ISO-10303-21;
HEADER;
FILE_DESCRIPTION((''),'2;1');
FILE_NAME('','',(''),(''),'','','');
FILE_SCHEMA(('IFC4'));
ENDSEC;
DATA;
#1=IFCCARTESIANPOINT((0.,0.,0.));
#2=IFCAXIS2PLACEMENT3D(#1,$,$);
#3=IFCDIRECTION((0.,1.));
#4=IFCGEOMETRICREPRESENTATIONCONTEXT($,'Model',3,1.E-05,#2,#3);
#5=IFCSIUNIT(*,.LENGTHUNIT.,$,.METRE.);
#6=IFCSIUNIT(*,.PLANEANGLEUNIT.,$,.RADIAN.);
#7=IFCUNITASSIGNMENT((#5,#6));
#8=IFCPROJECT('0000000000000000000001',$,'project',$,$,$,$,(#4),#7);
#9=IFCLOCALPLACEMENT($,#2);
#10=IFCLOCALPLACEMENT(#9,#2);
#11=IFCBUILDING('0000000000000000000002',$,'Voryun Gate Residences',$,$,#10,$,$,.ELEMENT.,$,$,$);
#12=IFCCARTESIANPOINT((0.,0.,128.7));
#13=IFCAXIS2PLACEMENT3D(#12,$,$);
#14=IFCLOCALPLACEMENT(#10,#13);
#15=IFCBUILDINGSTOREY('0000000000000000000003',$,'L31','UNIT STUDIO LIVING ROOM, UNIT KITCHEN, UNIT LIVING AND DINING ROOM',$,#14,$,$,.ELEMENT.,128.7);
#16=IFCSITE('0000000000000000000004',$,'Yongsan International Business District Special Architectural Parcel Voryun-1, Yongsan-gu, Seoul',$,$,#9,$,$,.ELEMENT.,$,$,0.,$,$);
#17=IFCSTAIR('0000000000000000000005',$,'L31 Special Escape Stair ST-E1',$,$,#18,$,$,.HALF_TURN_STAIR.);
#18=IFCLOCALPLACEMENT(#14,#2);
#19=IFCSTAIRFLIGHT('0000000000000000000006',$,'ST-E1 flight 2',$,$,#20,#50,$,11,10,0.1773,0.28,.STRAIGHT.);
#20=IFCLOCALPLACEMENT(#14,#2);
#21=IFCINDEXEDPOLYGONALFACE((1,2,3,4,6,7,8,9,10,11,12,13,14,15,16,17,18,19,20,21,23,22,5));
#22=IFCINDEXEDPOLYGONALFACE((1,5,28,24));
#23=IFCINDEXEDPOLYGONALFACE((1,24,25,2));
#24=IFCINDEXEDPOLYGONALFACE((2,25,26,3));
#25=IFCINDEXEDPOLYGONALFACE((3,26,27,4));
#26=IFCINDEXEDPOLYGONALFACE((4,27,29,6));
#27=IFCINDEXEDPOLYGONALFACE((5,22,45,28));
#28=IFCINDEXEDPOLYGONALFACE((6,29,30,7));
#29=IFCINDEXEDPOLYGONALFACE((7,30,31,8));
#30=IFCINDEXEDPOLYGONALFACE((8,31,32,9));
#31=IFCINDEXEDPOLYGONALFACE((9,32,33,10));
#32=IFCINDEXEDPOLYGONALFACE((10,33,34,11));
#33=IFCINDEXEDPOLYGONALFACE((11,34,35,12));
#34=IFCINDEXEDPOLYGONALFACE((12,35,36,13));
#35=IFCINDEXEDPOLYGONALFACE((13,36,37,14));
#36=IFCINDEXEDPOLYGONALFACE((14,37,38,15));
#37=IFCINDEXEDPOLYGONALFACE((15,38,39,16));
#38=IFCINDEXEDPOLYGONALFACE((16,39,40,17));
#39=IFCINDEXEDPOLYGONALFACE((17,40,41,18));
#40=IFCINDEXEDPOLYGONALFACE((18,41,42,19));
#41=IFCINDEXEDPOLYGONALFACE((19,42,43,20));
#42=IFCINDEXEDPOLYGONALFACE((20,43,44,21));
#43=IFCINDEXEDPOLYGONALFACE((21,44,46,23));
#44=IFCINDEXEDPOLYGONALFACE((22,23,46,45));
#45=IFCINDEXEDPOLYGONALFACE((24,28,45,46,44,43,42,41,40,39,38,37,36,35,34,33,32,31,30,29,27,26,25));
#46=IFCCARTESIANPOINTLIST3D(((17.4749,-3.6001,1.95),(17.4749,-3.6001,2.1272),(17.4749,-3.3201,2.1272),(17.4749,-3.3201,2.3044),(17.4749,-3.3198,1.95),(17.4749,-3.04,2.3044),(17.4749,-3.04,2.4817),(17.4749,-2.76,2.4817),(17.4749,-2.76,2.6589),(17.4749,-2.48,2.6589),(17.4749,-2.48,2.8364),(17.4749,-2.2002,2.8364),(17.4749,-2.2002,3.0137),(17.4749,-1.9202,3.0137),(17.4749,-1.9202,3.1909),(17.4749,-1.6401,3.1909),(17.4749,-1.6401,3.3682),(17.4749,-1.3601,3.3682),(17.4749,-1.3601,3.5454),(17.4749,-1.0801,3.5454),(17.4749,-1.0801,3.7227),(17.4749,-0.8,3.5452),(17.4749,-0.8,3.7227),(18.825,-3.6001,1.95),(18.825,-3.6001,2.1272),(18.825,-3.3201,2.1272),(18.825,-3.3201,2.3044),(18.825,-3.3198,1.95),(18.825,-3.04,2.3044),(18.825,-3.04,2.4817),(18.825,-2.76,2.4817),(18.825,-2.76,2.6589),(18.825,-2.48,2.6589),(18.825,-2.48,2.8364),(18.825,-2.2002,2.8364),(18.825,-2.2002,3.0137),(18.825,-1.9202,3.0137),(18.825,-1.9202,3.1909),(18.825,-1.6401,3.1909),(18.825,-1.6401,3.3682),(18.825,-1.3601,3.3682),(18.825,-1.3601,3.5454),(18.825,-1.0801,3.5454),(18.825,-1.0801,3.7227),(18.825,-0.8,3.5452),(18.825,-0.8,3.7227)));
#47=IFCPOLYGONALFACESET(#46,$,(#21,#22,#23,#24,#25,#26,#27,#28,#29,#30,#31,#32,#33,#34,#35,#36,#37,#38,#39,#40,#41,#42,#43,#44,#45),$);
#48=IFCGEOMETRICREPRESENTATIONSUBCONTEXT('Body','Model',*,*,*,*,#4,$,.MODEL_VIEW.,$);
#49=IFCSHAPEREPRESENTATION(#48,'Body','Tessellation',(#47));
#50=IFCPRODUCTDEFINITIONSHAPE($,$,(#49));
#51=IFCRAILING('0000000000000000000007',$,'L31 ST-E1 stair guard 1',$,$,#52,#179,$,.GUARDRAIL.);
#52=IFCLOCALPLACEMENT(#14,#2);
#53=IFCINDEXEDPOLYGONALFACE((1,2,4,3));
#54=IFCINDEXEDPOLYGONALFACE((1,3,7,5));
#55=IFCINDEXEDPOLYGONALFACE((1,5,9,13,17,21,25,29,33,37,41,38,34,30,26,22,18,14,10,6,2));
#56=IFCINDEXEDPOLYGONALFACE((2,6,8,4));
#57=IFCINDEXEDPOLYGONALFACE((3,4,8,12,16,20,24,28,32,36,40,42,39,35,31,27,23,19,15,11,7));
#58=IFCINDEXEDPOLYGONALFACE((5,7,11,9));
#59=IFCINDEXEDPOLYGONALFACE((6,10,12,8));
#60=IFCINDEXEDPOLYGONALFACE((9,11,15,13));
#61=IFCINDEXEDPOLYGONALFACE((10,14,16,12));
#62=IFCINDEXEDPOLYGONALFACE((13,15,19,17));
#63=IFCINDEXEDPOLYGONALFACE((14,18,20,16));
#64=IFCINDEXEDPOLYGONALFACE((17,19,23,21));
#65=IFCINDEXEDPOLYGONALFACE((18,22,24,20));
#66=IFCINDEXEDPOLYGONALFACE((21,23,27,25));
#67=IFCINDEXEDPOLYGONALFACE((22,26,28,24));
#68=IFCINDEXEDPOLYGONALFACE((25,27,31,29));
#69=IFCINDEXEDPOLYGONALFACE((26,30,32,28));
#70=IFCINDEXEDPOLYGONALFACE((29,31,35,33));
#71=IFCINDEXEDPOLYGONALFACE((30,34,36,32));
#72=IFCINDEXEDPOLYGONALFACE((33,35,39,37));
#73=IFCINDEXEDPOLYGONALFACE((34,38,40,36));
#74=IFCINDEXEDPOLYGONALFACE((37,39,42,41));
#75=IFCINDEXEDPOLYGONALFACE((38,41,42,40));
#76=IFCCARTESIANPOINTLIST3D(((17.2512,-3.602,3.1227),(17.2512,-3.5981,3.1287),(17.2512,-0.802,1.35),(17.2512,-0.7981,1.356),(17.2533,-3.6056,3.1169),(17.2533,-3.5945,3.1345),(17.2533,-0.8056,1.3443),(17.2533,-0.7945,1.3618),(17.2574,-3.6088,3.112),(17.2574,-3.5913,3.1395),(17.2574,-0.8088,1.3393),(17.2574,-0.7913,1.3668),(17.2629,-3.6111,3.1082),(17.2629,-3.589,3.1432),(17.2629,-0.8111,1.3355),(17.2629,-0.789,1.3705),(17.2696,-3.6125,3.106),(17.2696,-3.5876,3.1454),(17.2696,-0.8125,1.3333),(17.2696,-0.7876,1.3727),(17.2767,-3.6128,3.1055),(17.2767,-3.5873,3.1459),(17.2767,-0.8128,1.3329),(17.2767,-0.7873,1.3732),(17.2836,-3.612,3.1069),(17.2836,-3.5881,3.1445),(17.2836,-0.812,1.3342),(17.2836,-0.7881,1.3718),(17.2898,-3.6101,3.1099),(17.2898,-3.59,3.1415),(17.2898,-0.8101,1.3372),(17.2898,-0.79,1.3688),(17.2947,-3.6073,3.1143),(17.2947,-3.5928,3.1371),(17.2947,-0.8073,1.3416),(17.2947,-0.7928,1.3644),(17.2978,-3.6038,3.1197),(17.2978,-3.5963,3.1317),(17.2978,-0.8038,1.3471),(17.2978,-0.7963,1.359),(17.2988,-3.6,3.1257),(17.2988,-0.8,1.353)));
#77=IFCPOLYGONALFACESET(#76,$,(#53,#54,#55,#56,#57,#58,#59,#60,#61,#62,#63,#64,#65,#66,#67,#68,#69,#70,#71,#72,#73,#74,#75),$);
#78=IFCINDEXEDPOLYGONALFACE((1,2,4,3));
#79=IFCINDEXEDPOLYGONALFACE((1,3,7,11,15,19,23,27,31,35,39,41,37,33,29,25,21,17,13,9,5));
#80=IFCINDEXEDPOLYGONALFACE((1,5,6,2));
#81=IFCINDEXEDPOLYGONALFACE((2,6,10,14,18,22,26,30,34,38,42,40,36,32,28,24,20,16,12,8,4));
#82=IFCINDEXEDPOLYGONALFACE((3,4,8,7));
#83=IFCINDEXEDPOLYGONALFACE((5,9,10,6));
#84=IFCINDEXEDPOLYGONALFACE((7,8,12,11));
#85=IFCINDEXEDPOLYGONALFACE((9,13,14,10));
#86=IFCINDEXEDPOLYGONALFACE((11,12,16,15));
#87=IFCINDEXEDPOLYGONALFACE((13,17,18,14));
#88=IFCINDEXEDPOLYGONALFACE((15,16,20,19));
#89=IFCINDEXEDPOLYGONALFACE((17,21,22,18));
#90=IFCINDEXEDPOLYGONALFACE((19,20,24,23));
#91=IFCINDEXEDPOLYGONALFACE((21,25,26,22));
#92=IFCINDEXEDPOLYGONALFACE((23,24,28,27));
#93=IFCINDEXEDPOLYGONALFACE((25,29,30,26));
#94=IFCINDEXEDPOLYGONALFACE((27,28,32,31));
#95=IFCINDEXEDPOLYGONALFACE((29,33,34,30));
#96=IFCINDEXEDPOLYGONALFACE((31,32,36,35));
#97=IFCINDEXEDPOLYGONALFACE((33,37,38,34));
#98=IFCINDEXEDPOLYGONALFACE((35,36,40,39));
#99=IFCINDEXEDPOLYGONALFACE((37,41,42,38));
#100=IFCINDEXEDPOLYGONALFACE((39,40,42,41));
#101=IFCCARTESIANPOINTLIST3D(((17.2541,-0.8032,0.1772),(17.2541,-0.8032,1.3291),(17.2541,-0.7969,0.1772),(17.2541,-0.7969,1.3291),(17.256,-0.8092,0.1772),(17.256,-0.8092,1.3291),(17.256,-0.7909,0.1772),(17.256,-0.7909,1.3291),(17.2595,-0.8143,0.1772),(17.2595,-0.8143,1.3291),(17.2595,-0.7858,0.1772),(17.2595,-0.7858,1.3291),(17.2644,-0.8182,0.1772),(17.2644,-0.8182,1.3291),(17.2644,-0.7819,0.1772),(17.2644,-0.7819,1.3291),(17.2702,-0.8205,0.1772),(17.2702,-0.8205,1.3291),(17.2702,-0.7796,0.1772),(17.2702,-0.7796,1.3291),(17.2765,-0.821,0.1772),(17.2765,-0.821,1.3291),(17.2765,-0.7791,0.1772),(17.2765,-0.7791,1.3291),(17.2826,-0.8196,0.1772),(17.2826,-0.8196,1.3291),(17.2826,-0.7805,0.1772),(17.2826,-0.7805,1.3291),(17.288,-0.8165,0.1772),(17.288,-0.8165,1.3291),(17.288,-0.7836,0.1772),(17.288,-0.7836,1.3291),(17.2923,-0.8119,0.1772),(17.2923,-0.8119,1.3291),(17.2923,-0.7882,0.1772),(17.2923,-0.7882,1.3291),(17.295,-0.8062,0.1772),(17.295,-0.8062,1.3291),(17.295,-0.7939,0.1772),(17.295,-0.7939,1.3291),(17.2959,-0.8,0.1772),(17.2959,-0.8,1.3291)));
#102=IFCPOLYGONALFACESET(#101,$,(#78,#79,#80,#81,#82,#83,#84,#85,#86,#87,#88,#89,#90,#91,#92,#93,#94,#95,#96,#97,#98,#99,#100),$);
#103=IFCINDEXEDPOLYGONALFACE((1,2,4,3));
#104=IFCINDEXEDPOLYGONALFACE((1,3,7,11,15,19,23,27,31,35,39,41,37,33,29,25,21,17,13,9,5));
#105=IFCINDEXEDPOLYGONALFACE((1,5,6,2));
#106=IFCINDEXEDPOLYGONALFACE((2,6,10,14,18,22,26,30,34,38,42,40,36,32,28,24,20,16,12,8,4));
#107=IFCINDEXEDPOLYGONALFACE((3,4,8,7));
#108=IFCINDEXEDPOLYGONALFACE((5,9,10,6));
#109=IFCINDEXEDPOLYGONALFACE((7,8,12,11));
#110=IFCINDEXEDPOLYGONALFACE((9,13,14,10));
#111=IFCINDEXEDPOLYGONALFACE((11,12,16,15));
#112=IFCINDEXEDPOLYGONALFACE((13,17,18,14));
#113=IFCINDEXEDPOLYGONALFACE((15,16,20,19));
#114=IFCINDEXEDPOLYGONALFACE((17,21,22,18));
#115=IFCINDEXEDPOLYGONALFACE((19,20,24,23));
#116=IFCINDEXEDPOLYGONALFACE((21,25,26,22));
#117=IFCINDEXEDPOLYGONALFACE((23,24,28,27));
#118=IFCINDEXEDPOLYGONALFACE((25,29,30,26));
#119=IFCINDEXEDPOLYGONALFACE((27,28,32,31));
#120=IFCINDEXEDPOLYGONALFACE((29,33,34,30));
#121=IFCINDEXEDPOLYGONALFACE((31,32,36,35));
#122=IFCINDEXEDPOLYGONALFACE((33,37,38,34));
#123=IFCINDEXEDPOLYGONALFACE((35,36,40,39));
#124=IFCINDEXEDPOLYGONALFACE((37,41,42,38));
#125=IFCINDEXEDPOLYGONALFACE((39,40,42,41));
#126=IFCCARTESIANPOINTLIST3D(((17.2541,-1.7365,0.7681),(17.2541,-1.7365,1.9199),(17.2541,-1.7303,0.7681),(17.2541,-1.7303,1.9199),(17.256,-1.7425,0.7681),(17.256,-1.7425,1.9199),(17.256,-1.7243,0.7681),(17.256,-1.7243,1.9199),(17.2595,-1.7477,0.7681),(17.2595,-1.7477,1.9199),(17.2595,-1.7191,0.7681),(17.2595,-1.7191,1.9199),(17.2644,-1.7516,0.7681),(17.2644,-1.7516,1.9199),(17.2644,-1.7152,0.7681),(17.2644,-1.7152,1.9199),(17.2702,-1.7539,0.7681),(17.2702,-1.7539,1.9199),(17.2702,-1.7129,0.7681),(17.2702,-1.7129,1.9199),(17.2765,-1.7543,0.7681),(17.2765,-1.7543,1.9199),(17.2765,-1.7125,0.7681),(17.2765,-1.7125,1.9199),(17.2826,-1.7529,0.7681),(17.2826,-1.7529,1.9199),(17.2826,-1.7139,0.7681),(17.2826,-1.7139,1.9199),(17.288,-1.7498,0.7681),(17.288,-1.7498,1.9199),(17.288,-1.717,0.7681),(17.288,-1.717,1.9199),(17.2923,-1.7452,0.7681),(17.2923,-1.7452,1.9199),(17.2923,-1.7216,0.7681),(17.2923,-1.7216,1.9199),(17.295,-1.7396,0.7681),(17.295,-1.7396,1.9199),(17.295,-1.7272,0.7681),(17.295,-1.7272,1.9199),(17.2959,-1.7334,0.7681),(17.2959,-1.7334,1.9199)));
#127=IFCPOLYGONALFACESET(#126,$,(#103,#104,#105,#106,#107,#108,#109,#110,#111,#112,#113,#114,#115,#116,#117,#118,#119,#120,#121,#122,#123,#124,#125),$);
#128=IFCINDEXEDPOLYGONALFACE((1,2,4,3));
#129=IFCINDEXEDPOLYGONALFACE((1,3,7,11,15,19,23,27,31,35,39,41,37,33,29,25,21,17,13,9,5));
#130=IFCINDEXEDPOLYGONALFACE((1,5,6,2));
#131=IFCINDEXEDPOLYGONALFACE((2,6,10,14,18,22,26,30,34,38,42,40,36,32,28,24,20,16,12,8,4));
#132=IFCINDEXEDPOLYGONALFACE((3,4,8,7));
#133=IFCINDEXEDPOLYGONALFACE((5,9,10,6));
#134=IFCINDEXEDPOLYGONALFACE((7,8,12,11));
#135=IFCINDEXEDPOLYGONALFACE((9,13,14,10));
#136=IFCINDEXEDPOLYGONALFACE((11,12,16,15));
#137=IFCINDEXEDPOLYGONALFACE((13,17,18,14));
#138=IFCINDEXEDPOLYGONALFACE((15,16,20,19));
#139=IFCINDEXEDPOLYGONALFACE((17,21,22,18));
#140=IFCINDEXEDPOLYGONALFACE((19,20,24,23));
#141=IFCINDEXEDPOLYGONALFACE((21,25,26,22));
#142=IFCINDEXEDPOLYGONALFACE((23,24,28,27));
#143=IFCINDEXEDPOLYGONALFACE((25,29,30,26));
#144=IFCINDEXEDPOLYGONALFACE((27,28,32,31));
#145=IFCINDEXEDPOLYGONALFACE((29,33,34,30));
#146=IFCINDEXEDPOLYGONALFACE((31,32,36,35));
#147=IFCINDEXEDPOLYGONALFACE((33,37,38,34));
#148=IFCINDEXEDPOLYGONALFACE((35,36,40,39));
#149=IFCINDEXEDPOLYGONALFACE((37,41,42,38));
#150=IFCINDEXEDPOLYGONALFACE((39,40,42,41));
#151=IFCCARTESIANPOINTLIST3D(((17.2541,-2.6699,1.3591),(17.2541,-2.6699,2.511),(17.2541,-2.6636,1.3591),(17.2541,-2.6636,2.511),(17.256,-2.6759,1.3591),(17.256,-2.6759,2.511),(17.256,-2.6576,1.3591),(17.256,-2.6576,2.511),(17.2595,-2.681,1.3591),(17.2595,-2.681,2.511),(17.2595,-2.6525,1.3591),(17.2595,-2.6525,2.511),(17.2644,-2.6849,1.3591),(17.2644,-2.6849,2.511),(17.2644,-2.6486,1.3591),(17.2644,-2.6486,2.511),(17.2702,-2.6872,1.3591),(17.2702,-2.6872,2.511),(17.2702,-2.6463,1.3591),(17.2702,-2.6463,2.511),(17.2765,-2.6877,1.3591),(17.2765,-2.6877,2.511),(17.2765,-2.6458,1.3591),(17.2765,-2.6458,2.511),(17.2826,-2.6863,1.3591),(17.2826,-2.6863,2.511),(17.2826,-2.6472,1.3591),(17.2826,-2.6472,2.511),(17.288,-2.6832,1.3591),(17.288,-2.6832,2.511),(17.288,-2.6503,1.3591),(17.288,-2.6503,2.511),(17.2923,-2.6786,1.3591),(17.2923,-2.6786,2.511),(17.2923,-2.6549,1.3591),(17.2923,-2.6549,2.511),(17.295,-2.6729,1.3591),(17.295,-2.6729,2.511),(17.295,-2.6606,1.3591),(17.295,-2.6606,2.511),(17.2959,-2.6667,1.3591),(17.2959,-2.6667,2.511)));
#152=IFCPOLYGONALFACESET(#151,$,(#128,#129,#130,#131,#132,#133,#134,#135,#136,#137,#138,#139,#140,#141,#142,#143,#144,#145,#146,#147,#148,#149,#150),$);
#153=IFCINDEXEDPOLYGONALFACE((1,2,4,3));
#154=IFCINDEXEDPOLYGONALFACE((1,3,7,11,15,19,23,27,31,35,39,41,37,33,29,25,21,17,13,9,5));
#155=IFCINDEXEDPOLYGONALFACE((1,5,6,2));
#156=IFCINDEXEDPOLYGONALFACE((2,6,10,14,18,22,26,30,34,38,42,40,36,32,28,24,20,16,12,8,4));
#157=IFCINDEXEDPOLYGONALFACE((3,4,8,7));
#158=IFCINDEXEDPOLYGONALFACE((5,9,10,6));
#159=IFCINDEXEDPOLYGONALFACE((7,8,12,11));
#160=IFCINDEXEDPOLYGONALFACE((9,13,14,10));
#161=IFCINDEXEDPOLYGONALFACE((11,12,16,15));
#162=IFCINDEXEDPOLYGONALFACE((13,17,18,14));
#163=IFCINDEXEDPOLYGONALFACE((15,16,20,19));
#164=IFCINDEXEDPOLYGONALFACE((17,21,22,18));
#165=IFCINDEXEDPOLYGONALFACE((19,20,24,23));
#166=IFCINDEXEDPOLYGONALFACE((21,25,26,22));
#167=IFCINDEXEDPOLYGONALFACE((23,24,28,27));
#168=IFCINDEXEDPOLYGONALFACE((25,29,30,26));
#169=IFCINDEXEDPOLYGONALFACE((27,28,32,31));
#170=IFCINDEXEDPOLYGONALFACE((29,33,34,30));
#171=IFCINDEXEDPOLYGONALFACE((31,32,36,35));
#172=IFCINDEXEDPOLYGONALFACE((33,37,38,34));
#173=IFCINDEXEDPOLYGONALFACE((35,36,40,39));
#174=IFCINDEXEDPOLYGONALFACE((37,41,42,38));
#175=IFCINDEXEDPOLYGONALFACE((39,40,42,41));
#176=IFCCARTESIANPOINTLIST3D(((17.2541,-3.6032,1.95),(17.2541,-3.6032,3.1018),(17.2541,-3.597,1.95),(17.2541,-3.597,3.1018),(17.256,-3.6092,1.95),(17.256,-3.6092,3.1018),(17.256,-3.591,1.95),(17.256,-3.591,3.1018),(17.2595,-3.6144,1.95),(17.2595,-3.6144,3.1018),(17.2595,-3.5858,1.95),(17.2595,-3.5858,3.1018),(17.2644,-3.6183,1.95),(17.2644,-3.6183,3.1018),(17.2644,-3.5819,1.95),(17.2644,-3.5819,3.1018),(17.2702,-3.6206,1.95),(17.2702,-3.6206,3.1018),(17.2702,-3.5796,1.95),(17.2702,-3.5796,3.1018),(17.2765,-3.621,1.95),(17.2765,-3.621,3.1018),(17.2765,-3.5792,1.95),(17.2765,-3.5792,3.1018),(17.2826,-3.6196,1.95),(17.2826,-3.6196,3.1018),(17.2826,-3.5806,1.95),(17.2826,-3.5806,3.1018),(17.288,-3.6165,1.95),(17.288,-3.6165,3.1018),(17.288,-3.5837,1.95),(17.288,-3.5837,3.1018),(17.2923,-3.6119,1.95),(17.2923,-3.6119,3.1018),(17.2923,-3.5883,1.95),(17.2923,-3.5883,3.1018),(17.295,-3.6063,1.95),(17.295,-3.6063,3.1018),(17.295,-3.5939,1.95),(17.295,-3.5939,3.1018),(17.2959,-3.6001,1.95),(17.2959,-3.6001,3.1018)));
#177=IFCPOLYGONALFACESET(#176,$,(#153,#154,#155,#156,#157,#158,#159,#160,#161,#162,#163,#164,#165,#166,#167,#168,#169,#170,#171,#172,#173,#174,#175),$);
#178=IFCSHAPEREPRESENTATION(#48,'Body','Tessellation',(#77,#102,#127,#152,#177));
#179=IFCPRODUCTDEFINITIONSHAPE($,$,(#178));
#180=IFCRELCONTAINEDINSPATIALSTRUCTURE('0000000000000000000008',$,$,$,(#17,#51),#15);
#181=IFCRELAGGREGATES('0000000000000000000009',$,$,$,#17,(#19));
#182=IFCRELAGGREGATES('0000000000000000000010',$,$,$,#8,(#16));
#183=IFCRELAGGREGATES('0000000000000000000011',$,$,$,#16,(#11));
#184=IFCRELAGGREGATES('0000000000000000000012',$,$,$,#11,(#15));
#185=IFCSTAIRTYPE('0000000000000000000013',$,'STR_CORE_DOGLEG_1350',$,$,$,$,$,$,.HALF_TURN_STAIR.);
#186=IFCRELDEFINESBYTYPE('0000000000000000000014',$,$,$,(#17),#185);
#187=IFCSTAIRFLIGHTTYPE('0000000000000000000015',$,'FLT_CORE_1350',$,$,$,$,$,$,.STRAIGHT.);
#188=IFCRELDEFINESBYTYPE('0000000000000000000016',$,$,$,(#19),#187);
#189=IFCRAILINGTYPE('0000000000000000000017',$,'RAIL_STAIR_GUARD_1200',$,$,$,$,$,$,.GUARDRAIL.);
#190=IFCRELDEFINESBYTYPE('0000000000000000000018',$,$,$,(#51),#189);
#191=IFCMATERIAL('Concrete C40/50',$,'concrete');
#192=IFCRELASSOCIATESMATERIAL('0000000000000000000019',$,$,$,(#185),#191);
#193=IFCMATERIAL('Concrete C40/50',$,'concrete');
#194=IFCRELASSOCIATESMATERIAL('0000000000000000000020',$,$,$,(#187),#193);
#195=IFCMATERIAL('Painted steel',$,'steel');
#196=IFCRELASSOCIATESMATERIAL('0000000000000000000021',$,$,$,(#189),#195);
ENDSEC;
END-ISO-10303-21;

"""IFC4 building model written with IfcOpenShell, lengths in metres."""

from ifc_helpers import new_model, si_unit, direction, frame, origin, origin_2d, place, context, subcontext, project, spatial, polyline, circle, outline, extrude, material, type_object, element, aggregate, save


model = new_model("IFC4")

# Units and contexts
model_context = context("Model", 3, precision=1e-05, world=origin(), true_north=direction((0.0, 1.0)))
body_context = subcontext(model_context, "Body", "Model", "MODEL_VIEW")
ifc_project = project(units=[si_unit("LENGTHUNIT", "METRE"), si_unit("PLANEANGLEUNIT", "RADIAN")], contexts=[model_context])

# Site, building, storey
site_placement = place(None, origin())
site = spatial("IfcSite", under=ifc_project, at=site_placement, Name="Yongsan International Business District Special Architectural Parcel Voryun-1, Yongsan-gu, Seoul", CompositionType="ELEMENT", RefElevation=0.0)
building_placement = place(site_placement, origin())
building = spatial("IfcBuilding", under=site, at=building_placement, Name="Voryun Gate Residences", CompositionType="ELEMENT")
storey_placement = place(building_placement, frame((0.0, 0.0, 128.7)))
storey = spatial("IfcBuildingStorey", under=building, at=storey_placement, Name="L31", Description="UNIT STUDIO LIVING ROOM, UNIT KITCHEN, UNIT LIVING AND DINING ROOM", CompositionType="ELEMENT", Elevation=128.7)

# Stair, stair flight
ifc_material_1 = material(Name="Concrete C40/50", Category="concrete")
stair_type = type_object("IfcStairType", Name="STR_CORE_DOGLEG_1350", PredefinedType="HALF_TURN_STAIR", material=ifc_material_1)
stair_placement = place(storey_placement, origin())
stair = element("IfcStair", 1, at=stair_placement, inside=storey, type_object=stair_type, Name="L31 Special Escape Stair ST-E1", PredefinedType="HALF_TURN_STAIR")
ifc_material_2 = material(Name="Concrete C40/50", Category="concrete")
stair_flight_type = type_object("IfcStairFlightType", Name="FLT_CORE_1350", PredefinedType="STRAIGHT", material=ifc_material_2)
stair_flight_1_placement = place(storey_placement, frame((18.1499, -3.6001, 1.95), z_axis=(0.0, 0.0, 1.0), x_axis=(0.0, 1.0, 0.0)))
stair_flight_1 = element("IfcStairFlight", 2, at=stair_flight_1_placement, type_object=stair_flight_type, Name="ST-E1 flight 2", NumberOfRisers=11, NumberOfTreads=10, PredefinedType="STRAIGHT", RiserHeight=0.1773, TreadLength=0.28, context=body_context, shape_type="SweptSolid", body=[
    extrude(outline(polyline([(0.0, 0.0), (0.0, 0.1772), (0.28, 0.1772), (0.28, 0.3545), (0.5601, 0.3545), (0.5601, 0.5317), (0.8401, 0.5317), (0.8401, 0.709), (1.1201, 0.709), (1.1201, 0.8865), (1.3999, 0.8865), (1.3999, 1.0637), (1.6799, 1.0637), (1.6799, 1.241), (1.96, 1.241), (1.96, 1.4182), (2.24, 1.4182), (2.24, 1.5955), (2.52, 1.5955), (2.52, 1.7727), (2.8, 1.7727), (2.8, 1.95), (2.8, 1.5952), (0.2803, 0.0), (0.0, 0.0)])), frame((0.0, 0.675, 0.0), z_axis=(0.0, -1.0, 0.0), x_axis=(1.0, 0.0, 0.0)), (0.0, 0.0, 1.0), 1.3501),
])
aggregate(stair, [stair_flight_1])

# Railing
ifc_material_3 = material(Name="Painted steel", Category="steel")
railing_type_1 = type_object("IfcRailingType", Name="RAIL_STAIR_GUARD_1200", PredefinedType="GUARDRAIL", material=ifc_material_3)
railing_1_placement = place(storey_placement, frame((17.2749, -0.8, 0.1772)))
element("IfcRailing", 3, at=railing_1_placement, inside=storey, type_object=railing_type_1, Name="L31 ST-E1 stair guard 1", PredefinedType="GUARDRAIL", context=body_context, shape_type="SweptSolid", body=[
    extrude(circle(Radius=0.0239, at=origin_2d()), frame((0.0, 0.0, 1.1758), z_axis=(0.0, -0.844909, 0.53491), x_axis=(1.0, 0.0, 0.0)), (0.0, 0.0, 1.0), 3.314),
    extrude(circle(Radius=0.021, at=origin_2d()), origin(), (0.0, 0.0, 1.0), 1.1519),
    extrude(circle(Radius=0.021, at=origin_2d()), frame((0.0, -0.9333, 0.5908)), (0.0, 0.0, 1.0), 1.1519),
    extrude(circle(Radius=0.021, at=origin_2d()), frame((0.0, -1.8667, 1.1819)), (0.0, 0.0, 1.0), 1.1519),
    extrude(circle(Radius=0.021, at=origin_2d()), frame((0.0, -2.8, 1.7727)), (0.0, 0.0, 1.0), 1.1519),
])

save(model, "model.ifc")
